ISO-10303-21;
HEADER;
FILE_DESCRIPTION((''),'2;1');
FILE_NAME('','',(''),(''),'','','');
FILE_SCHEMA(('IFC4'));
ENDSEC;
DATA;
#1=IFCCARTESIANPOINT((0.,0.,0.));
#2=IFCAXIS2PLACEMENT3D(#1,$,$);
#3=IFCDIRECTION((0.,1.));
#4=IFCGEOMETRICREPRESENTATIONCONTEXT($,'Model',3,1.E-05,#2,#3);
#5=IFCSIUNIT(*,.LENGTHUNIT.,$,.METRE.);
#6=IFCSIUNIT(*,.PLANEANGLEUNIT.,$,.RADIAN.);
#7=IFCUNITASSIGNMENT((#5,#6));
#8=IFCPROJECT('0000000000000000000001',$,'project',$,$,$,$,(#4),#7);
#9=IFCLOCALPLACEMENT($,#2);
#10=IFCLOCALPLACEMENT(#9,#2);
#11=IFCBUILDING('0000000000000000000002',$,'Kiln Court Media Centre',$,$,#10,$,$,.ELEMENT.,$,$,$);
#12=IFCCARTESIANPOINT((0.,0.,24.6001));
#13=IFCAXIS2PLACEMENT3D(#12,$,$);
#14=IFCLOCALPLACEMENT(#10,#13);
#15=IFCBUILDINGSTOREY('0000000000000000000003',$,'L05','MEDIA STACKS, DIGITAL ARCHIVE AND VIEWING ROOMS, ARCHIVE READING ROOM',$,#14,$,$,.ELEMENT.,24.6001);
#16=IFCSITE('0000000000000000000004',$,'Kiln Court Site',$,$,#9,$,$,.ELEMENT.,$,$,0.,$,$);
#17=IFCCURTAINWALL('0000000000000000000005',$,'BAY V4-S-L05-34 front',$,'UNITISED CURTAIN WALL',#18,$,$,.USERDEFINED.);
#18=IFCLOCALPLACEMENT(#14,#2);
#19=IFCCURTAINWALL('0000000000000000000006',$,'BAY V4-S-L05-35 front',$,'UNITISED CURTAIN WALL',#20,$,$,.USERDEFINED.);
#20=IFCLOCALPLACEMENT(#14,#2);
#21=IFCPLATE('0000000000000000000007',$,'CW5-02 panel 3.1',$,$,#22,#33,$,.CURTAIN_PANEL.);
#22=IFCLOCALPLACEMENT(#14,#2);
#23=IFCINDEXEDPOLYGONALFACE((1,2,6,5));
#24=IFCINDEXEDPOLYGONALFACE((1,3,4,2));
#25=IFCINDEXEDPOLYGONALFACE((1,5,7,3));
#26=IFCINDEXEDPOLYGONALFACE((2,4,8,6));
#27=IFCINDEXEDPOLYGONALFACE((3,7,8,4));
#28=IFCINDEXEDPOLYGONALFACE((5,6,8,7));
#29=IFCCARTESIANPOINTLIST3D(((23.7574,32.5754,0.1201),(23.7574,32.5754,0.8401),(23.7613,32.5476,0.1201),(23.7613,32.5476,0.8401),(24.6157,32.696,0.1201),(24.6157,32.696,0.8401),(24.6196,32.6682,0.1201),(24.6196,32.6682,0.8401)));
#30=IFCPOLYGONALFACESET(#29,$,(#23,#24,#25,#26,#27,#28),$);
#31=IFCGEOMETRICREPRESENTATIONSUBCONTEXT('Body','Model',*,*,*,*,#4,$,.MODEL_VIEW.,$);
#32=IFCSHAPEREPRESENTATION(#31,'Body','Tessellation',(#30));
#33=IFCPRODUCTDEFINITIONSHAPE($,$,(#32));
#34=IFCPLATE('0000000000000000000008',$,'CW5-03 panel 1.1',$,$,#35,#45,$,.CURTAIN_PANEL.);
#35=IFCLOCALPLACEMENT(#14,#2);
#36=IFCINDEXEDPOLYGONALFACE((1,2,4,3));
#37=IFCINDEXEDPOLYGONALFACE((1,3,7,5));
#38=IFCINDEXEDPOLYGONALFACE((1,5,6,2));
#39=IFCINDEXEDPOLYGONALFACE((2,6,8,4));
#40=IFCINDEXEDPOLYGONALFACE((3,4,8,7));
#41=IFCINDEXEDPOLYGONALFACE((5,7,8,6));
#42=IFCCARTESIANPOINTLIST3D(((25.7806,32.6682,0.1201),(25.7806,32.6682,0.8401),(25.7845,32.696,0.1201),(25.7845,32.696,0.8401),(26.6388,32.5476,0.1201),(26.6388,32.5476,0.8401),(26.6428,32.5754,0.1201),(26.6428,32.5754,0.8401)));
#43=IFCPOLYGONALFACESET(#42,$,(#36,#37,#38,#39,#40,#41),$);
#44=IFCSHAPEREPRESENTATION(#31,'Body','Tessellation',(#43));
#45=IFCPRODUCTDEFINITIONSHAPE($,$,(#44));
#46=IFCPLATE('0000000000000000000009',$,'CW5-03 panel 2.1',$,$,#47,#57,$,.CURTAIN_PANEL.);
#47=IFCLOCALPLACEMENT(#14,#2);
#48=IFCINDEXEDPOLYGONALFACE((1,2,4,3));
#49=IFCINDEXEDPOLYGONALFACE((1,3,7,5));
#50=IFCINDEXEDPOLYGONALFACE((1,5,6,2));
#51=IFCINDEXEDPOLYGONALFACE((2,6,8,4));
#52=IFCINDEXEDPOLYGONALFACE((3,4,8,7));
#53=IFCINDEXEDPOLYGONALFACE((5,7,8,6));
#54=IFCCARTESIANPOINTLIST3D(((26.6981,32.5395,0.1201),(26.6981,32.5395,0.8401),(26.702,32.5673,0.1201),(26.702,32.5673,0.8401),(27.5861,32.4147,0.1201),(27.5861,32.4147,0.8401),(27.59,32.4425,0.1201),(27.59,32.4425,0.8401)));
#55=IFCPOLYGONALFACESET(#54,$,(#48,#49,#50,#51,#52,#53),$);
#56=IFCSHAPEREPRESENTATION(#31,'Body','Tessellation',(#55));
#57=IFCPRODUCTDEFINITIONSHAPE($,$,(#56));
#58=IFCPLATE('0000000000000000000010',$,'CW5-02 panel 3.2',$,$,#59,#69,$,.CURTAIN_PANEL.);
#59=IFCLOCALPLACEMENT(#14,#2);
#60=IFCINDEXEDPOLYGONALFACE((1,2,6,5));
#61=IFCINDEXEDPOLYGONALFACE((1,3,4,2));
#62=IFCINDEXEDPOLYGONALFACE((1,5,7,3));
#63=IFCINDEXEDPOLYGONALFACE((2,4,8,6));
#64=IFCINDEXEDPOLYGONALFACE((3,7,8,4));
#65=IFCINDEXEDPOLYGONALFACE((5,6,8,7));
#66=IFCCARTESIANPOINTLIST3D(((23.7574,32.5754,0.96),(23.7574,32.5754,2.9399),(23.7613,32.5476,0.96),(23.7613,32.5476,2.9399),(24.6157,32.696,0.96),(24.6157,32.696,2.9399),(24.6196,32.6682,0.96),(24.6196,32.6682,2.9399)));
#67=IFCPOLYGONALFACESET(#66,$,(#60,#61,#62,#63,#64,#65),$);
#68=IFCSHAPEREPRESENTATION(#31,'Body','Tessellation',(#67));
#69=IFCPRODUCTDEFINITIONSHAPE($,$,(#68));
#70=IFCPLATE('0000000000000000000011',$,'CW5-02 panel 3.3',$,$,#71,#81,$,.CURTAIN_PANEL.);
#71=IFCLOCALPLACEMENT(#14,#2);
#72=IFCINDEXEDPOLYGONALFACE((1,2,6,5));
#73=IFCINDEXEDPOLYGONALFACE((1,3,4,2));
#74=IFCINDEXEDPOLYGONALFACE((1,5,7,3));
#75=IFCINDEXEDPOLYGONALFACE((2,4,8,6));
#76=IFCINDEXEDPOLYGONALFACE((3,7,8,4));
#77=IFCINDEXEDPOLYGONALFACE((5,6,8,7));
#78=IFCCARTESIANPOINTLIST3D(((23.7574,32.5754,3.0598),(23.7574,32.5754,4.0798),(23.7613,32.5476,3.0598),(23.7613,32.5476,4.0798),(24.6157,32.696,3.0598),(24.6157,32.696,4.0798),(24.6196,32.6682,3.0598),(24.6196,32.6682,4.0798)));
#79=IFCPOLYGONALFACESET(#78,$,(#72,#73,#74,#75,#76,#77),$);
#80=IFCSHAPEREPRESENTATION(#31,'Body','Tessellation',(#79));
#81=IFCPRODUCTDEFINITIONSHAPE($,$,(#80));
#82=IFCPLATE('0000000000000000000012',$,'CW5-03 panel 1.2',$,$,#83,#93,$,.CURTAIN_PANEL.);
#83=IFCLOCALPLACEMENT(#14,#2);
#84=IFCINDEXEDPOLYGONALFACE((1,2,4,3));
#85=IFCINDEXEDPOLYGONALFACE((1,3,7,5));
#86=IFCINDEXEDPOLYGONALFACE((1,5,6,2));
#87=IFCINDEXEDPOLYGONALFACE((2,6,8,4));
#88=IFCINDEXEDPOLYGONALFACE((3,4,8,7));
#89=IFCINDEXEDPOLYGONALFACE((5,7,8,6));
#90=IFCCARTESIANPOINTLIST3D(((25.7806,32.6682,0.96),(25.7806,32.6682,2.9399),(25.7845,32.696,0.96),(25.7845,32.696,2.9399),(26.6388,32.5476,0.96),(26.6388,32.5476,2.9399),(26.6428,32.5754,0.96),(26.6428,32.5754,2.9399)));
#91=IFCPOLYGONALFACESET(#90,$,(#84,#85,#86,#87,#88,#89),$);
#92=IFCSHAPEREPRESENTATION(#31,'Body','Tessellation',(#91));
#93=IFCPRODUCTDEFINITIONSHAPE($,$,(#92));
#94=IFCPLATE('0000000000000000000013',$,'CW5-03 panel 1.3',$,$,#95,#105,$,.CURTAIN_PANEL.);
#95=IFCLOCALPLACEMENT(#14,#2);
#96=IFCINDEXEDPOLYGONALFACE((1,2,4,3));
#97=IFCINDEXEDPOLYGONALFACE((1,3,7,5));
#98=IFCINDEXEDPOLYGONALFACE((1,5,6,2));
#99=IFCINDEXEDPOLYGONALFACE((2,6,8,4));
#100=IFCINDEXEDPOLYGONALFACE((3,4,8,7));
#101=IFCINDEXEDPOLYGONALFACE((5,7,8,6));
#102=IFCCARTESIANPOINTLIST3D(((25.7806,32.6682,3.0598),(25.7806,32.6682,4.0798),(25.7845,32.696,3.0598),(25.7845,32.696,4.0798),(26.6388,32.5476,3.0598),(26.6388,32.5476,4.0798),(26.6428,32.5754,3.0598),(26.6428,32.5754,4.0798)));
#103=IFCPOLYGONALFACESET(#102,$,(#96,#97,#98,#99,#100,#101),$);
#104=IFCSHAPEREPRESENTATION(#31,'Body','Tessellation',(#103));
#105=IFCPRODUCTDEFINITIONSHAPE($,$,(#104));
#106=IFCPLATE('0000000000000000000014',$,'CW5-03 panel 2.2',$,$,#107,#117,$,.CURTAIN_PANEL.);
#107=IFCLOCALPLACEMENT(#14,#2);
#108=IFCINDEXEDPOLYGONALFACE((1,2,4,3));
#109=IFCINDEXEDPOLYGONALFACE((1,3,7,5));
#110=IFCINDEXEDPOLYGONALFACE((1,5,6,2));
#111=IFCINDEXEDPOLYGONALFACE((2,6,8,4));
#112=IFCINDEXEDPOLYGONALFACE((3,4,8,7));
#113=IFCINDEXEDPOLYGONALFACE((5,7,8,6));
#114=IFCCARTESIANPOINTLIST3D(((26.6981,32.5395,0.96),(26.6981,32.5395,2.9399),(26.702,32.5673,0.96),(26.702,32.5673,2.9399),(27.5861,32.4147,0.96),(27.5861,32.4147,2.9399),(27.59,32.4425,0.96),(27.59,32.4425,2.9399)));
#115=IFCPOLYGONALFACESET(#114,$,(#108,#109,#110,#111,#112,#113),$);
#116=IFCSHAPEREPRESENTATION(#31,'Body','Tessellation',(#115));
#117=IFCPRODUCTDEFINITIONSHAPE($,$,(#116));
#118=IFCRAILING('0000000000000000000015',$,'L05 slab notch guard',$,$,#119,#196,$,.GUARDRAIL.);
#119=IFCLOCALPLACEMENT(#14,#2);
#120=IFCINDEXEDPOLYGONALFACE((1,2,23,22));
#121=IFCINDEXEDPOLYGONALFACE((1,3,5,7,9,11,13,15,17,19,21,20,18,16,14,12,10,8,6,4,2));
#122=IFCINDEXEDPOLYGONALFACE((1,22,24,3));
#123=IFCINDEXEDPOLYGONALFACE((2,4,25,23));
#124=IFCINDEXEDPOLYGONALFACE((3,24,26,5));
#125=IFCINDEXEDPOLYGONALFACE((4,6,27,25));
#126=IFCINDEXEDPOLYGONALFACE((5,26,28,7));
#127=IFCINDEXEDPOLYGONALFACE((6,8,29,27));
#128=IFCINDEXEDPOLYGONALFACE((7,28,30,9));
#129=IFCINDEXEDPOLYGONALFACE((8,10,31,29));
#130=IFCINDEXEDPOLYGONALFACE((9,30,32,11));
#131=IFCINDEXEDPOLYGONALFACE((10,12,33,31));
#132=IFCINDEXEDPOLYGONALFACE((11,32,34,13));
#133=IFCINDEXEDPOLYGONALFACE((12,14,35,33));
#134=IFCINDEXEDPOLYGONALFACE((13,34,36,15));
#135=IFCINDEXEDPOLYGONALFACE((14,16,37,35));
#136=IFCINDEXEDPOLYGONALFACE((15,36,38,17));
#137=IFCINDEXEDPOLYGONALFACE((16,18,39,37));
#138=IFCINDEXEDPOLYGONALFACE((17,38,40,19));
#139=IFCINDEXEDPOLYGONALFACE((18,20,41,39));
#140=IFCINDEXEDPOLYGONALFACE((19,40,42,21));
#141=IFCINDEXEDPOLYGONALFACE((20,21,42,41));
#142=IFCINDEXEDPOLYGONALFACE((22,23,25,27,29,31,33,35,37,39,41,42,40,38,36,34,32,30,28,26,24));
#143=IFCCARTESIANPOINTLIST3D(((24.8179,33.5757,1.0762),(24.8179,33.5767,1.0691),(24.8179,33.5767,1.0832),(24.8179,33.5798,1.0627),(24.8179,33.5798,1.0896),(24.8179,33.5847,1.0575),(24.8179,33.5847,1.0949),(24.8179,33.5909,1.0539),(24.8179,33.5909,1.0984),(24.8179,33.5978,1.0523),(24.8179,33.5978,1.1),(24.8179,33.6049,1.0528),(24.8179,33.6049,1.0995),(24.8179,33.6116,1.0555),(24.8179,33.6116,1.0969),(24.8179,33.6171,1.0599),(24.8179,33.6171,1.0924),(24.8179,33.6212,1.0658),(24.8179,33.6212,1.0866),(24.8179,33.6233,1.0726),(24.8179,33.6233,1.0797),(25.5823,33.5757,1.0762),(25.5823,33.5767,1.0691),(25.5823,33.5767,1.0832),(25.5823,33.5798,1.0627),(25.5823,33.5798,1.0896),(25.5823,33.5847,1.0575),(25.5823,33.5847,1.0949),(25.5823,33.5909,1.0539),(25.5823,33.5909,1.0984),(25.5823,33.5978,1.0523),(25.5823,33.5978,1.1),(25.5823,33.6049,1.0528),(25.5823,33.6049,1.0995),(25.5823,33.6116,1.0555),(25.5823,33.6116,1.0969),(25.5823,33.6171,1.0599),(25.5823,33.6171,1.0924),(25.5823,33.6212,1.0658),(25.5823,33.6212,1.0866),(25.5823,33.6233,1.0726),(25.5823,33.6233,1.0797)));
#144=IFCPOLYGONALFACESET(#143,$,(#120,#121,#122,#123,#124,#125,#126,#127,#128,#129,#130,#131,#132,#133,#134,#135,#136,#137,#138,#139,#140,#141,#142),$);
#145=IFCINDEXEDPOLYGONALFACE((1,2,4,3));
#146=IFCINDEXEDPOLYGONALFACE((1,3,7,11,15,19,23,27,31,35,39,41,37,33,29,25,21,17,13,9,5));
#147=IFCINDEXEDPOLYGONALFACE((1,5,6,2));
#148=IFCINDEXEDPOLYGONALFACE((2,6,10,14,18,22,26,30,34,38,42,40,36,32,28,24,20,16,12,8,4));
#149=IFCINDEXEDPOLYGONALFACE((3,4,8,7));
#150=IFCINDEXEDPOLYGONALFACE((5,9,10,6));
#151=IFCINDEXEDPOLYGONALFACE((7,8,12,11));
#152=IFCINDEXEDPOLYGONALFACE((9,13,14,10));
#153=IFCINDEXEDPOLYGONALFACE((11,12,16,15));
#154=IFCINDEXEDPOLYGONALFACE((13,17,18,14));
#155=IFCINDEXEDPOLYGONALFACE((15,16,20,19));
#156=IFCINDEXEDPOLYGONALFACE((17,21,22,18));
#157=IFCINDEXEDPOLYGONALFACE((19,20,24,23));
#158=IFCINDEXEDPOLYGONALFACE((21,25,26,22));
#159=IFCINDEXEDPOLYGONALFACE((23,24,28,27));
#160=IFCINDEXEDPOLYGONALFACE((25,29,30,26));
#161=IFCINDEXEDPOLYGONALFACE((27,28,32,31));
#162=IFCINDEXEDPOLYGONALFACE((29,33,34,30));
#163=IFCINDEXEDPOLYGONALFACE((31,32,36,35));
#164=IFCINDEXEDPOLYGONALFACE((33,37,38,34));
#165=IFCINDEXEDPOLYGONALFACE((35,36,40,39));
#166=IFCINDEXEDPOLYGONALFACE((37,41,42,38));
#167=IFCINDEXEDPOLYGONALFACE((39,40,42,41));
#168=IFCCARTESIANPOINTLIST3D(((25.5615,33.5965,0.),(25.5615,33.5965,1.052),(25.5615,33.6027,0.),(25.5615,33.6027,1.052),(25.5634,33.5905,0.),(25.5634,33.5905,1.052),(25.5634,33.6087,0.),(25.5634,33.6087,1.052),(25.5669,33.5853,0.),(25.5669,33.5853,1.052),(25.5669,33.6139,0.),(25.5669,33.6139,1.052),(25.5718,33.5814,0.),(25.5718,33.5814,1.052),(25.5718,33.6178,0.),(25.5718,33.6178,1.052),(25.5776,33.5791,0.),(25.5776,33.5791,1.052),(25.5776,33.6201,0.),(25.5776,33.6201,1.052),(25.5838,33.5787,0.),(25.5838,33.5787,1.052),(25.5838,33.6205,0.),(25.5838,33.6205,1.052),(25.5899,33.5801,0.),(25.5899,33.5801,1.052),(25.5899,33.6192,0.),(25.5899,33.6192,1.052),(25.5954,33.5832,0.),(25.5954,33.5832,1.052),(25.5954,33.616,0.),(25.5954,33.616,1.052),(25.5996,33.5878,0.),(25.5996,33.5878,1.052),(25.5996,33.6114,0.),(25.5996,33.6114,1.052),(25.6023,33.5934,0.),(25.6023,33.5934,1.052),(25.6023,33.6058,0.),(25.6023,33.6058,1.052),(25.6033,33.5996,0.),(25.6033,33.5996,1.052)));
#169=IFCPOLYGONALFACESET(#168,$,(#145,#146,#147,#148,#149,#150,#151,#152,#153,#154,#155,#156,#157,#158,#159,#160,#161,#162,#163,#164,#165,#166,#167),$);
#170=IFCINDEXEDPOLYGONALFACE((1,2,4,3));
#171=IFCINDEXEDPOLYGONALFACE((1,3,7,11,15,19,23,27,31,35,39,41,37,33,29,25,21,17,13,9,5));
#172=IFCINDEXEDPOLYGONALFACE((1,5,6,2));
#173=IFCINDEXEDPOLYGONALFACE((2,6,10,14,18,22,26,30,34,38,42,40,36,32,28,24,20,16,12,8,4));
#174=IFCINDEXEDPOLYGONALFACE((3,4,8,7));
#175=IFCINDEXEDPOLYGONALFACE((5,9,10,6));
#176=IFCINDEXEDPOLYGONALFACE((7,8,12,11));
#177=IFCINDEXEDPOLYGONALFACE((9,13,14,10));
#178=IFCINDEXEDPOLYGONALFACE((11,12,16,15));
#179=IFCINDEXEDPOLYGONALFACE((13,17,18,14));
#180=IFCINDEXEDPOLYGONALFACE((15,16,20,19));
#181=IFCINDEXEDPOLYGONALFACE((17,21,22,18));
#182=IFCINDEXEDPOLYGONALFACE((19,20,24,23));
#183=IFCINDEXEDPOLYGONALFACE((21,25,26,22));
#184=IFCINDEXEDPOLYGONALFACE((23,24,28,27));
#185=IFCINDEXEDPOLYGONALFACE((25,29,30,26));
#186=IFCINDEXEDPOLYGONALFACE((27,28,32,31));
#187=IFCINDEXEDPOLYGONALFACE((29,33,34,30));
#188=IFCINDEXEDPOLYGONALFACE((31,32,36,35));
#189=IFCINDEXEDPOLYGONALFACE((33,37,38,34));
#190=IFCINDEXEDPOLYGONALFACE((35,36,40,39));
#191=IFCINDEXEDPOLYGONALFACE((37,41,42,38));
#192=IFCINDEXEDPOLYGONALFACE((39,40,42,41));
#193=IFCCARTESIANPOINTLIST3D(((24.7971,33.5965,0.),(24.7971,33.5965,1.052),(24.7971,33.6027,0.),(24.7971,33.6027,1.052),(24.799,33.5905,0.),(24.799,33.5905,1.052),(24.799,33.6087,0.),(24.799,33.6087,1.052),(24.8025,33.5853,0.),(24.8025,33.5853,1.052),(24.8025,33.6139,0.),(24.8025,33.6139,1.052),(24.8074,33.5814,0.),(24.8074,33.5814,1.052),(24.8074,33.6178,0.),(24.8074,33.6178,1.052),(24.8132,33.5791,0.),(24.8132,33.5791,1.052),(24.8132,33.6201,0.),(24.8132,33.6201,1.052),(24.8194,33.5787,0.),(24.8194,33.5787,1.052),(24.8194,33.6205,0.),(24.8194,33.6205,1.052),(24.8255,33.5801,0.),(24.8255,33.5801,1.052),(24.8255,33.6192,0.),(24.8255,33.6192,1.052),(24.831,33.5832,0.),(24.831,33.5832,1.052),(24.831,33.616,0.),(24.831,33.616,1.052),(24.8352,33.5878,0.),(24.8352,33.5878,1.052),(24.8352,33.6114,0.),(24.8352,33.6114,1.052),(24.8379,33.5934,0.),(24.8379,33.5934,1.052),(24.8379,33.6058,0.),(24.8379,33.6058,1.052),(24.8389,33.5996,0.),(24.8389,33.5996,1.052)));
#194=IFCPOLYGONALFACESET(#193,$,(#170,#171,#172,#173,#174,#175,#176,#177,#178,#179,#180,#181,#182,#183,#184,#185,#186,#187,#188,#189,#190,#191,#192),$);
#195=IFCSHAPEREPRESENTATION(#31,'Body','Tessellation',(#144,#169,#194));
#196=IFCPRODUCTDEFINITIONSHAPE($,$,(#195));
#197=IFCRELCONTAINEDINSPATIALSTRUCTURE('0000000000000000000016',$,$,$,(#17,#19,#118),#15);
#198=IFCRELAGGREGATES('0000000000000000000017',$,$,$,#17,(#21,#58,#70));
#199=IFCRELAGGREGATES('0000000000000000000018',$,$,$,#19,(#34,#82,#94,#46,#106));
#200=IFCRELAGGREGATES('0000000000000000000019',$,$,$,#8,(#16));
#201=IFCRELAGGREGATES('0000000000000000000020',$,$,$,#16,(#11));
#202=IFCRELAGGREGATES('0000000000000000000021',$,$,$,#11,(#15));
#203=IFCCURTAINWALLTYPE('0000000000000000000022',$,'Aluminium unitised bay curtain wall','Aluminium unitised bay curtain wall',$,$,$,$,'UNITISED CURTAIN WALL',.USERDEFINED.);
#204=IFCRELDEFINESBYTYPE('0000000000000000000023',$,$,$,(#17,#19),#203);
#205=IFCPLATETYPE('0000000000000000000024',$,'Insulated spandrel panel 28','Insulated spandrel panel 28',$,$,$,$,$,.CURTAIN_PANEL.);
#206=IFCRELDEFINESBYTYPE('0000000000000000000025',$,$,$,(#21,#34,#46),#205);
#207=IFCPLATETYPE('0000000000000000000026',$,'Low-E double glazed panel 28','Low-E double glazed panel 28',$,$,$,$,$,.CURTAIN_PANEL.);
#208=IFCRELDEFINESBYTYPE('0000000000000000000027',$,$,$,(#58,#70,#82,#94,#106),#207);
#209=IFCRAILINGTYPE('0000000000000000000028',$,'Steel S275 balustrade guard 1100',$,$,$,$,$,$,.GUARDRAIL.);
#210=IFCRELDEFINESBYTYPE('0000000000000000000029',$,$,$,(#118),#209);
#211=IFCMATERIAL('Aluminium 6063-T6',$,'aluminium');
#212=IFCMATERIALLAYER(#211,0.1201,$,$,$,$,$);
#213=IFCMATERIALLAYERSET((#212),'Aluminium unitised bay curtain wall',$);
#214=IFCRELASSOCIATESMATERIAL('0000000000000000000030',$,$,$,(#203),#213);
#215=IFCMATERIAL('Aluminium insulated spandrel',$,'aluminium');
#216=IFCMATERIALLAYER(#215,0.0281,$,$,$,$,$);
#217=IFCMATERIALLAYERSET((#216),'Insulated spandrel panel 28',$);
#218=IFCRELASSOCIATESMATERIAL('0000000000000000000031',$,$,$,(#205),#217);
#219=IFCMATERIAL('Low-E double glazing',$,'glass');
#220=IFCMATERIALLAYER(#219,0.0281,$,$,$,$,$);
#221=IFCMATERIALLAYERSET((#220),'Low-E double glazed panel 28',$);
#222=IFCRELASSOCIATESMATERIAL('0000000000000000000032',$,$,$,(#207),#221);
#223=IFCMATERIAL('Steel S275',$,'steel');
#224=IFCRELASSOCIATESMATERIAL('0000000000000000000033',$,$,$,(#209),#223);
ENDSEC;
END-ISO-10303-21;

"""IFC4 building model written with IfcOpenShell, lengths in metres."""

from ifc_helpers import new_model, si_unit, direction, frame, origin, origin_2d, place, context, subcontext, project, spatial, rectangle, circle, extrude, material, layer, layer_set, type_object, element, aggregate, save


model = new_model("IFC4")

# Units and contexts
model_context = context("Model", 3, precision=1e-05, world=origin(), true_north=direction((0.0, 1.0)))
body_context = subcontext(model_context, "Body", "Model", "MODEL_VIEW")
ifc_project = project(units=[si_unit("LENGTHUNIT", "METRE"), si_unit("PLANEANGLEUNIT", "RADIAN")], contexts=[model_context])

# Site, building, storey
site_placement = place(None, origin())
site = spatial("IfcSite", under=ifc_project, at=site_placement, Name="Kiln Court Site", CompositionType="ELEMENT", RefElevation=0.0)
building_placement = place(site_placement, origin())
building = spatial("IfcBuilding", under=site, at=building_placement, Name="Kiln Court Media Centre", CompositionType="ELEMENT")
storey_placement = place(building_placement, frame((0.0, 0.0, 24.6001)))
storey = spatial("IfcBuildingStorey", under=building, at=storey_placement, Name="L05", Description="MEDIA STACKS, DIGITAL ARCHIVE AND VIEWING ROOMS, ARCHIVE READING ROOM", CompositionType="ELEMENT", Elevation=24.6001)

# Curtain wall
ifc_material_1 = material(Name="Aluminium 6063-T6", Category="aluminium")
ifc_layer_1 = layer(ifc_material_1, 0.1201)
ifc_layer_set_1 = layer_set([ifc_layer_1], Name="Aluminium unitised bay curtain wall")
curtain_wall_type = type_object("IfcCurtainWallType", Name="Aluminium unitised bay curtain wall", Description="Aluminium unitised bay curtain wall", ElementType="UNITISED CURTAIN WALL", PredefinedType="USERDEFINED", material=ifc_layer_set_1)
curtain_wall_1_placement = place(storey_placement, origin())
curtain_wall_1 = element("IfcCurtainWall", 1, at=curtain_wall_1_placement, inside=storey, type_object=curtain_wall_type, Name="BAY V4-S-L05-34 front", ObjectType="UNITISED CURTAIN WALL", PredefinedType="USERDEFINED")

# Curtain wall
curtain_wall_2_placement = place(storey_placement, origin())
curtain_wall_2 = element("IfcCurtainWall", 2, at=curtain_wall_2_placement, inside=storey, type_object=curtain_wall_type, Name="BAY V4-S-L05-35 front", ObjectType="UNITISED CURTAIN WALL", PredefinedType="USERDEFINED")

# Plates
ifc_material_2 = material(Name="Aluminium insulated spandrel", Category="aluminium")
ifc_layer_2 = layer(ifc_material_2, 0.0281)
ifc_layer_set_2 = layer_set([ifc_layer_2], Name="Insulated spandrel panel 28")
plate_type_1 = type_object("IfcPlateType", Name="Insulated spandrel panel 28", Description="Insulated spandrel panel 28", PredefinedType="CURTAIN_PANEL", material=ifc_layer_set_2)
plate_1_placement = place(storey_placement, frame((24.1885, 32.6218, 0.1201), z_axis=(0.0, 0.0, 1.0), x_axis=(0.99027, 0.139162, 0.0)))
plate_1 = element("IfcPlate", 3, at=plate_1_placement, type_object=plate_type_1, Name="CW5-02 panel 3.1", PredefinedType="CURTAIN_PANEL", context=body_context, shape_type="SweptSolid", body=[
    extrude(rectangle(XDim=0.8667, YDim=0.0281, at=origin_2d()), origin(), (0.0, 0.0, 1.0), 0.72),
])
plate_2_placement = place(storey_placement, frame((26.2117, 32.6218, 0.1201), z_axis=(0.0, 0.0, 1.0), x_axis=(0.99027, -0.139162, 0.0)))
plate_2 = element("IfcPlate", 4, at=plate_2_placement, type_object=plate_type_1, Name="CW5-03 panel 1.1", PredefinedType="CURTAIN_PANEL", context=body_context, shape_type="SweptSolid", body=[
    extrude(rectangle(XDim=0.8667, YDim=0.0281, at=origin_2d()), origin(), (0.0, 0.0, 1.0), 0.72),
])
plate_3_placement = place(storey_placement, frame((27.144, 32.491, 0.1201), z_axis=(0.0, 0.0, 1.0), x_axis=(0.99027, -0.139162, 0.0)))
plate_3 = element("IfcPlate", 5, at=plate_3_placement, type_object=plate_type_1, Name="CW5-03 panel 2.1", PredefinedType="CURTAIN_PANEL", context=body_context, shape_type="SweptSolid", body=[
    extrude(rectangle(XDim=0.8967, YDim=0.0281, at=origin_2d()), origin(), (0.0, 0.0, 1.0), 0.72),
])
ifc_material_3 = material(Name="Low-E double glazing", Category="glass")
ifc_layer_3 = layer(ifc_material_3, 0.0281)
ifc_layer_set_3 = layer_set([ifc_layer_3], Name="Low-E double glazed panel 28")
plate_type_2 = type_object("IfcPlateType", Name="Low-E double glazed panel 28", Description="Low-E double glazed panel 28", PredefinedType="CURTAIN_PANEL", material=ifc_layer_set_3)
plate_4_placement = place(storey_placement, frame((24.1885, 32.6218, 0.96), z_axis=(0.0, 0.0, 1.0), x_axis=(0.99027, 0.139162, 0.0)))
plate_4 = element("IfcPlate", 6, at=plate_4_placement, type_object=plate_type_2, Name="CW5-02 panel 3.2", PredefinedType="CURTAIN_PANEL", context=body_context, shape_type="SweptSolid", body=[
    extrude(rectangle(XDim=0.8667, YDim=0.0281, at=origin_2d()), origin(), (0.0, 0.0, 1.0), 1.98),
])
plate_5_placement = place(storey_placement, frame((24.1885, 32.6218, 3.0598), z_axis=(0.0, 0.0, 1.0), x_axis=(0.99027, 0.139162, 0.0)))
plate_5 = element("IfcPlate", 7, at=plate_5_placement, type_object=plate_type_2, Name="CW5-02 panel 3.3", PredefinedType="CURTAIN_PANEL", context=body_context, shape_type="SweptSolid", body=[
    extrude(rectangle(XDim=0.8667, YDim=0.0281, at=origin_2d()), origin(), (0.0, 0.0, 1.0), 1.02),
])
aggregate(curtain_wall_1, [plate_1, plate_4, plate_5])
plate_6_placement = place(storey_placement, frame((26.2117, 32.6218, 0.96), z_axis=(0.0, 0.0, 1.0), x_axis=(0.99027, -0.139162, 0.0)))
plate_6 = element("IfcPlate", 8, at=plate_6_placement, type_object=plate_type_2, Name="CW5-03 panel 1.2", PredefinedType="CURTAIN_PANEL", context=body_context, shape_type="SweptSolid", body=[
    extrude(rectangle(XDim=0.8667, YDim=0.0281, at=origin_2d()), origin(), (0.0, 0.0, 1.0), 1.98),
])
plate_7_placement = place(storey_placement, frame((26.2117, 32.6218, 3.0598), z_axis=(0.0, 0.0, 1.0), x_axis=(0.99027, -0.139162, 0.0)))
plate_7 = element("IfcPlate", 9, at=plate_7_placement, type_object=plate_type_2, Name="CW5-03 panel 1.3", PredefinedType="CURTAIN_PANEL", context=body_context, shape_type="SweptSolid", body=[
    extrude(rectangle(XDim=0.8667, YDim=0.0281, at=origin_2d()), origin(), (0.0, 0.0, 1.0), 1.02),
])
plate_8_placement = place(storey_placement, frame((27.144, 32.491, 0.96), z_axis=(0.0, 0.0, 1.0), x_axis=(0.99027, -0.139162, 0.0)))
plate_8 = element("IfcPlate", 10, at=plate_8_placement, type_object=plate_type_2, Name="CW5-03 panel 2.2", PredefinedType="CURTAIN_PANEL", context=body_context, shape_type="SweptSolid", body=[
    extrude(rectangle(XDim=0.8967, YDim=0.0281, at=origin_2d()), origin(), (0.0, 0.0, 1.0), 1.98),
])
aggregate(curtain_wall_2, [plate_2, plate_6, plate_7, plate_3, plate_8])

# Railing
ifc_material_4 = material(Name="Steel S275", Category="steel")
railing_type = type_object("IfcRailingType", Name="Steel S275 balustrade guard 1100", PredefinedType="GUARDRAIL", material=ifc_material_4)
railing_placement = place(storey_placement, frame((25.5823, 33.5996, 0.0)))
element("IfcRailing", 11, at=railing_placement, inside=storey, type_object=railing_type, Name="L05 slab notch guard", PredefinedType="GUARDRAIL", context=body_context, shape_type="SweptSolid", body=[
    extrude(circle(Radius=0.0239, at=origin_2d()), frame((0.0, 0.0, 1.0762), z_axis=(-1.0, 0.0, 0.0), x_axis=(0.0, -1.0, 0.0)), (0.0, 0.0, 1.0), 0.7644),
    extrude(circle(Radius=0.021, at=origin_2d()), origin(), (0.0, 0.0, 1.0), 1.052),
    extrude(circle(Radius=0.021, at=origin_2d()), frame((-0.7644, 0.0, 0.0)), (0.0, 0.0, 1.0), 1.052),
])

save(model, "model.ifc")
